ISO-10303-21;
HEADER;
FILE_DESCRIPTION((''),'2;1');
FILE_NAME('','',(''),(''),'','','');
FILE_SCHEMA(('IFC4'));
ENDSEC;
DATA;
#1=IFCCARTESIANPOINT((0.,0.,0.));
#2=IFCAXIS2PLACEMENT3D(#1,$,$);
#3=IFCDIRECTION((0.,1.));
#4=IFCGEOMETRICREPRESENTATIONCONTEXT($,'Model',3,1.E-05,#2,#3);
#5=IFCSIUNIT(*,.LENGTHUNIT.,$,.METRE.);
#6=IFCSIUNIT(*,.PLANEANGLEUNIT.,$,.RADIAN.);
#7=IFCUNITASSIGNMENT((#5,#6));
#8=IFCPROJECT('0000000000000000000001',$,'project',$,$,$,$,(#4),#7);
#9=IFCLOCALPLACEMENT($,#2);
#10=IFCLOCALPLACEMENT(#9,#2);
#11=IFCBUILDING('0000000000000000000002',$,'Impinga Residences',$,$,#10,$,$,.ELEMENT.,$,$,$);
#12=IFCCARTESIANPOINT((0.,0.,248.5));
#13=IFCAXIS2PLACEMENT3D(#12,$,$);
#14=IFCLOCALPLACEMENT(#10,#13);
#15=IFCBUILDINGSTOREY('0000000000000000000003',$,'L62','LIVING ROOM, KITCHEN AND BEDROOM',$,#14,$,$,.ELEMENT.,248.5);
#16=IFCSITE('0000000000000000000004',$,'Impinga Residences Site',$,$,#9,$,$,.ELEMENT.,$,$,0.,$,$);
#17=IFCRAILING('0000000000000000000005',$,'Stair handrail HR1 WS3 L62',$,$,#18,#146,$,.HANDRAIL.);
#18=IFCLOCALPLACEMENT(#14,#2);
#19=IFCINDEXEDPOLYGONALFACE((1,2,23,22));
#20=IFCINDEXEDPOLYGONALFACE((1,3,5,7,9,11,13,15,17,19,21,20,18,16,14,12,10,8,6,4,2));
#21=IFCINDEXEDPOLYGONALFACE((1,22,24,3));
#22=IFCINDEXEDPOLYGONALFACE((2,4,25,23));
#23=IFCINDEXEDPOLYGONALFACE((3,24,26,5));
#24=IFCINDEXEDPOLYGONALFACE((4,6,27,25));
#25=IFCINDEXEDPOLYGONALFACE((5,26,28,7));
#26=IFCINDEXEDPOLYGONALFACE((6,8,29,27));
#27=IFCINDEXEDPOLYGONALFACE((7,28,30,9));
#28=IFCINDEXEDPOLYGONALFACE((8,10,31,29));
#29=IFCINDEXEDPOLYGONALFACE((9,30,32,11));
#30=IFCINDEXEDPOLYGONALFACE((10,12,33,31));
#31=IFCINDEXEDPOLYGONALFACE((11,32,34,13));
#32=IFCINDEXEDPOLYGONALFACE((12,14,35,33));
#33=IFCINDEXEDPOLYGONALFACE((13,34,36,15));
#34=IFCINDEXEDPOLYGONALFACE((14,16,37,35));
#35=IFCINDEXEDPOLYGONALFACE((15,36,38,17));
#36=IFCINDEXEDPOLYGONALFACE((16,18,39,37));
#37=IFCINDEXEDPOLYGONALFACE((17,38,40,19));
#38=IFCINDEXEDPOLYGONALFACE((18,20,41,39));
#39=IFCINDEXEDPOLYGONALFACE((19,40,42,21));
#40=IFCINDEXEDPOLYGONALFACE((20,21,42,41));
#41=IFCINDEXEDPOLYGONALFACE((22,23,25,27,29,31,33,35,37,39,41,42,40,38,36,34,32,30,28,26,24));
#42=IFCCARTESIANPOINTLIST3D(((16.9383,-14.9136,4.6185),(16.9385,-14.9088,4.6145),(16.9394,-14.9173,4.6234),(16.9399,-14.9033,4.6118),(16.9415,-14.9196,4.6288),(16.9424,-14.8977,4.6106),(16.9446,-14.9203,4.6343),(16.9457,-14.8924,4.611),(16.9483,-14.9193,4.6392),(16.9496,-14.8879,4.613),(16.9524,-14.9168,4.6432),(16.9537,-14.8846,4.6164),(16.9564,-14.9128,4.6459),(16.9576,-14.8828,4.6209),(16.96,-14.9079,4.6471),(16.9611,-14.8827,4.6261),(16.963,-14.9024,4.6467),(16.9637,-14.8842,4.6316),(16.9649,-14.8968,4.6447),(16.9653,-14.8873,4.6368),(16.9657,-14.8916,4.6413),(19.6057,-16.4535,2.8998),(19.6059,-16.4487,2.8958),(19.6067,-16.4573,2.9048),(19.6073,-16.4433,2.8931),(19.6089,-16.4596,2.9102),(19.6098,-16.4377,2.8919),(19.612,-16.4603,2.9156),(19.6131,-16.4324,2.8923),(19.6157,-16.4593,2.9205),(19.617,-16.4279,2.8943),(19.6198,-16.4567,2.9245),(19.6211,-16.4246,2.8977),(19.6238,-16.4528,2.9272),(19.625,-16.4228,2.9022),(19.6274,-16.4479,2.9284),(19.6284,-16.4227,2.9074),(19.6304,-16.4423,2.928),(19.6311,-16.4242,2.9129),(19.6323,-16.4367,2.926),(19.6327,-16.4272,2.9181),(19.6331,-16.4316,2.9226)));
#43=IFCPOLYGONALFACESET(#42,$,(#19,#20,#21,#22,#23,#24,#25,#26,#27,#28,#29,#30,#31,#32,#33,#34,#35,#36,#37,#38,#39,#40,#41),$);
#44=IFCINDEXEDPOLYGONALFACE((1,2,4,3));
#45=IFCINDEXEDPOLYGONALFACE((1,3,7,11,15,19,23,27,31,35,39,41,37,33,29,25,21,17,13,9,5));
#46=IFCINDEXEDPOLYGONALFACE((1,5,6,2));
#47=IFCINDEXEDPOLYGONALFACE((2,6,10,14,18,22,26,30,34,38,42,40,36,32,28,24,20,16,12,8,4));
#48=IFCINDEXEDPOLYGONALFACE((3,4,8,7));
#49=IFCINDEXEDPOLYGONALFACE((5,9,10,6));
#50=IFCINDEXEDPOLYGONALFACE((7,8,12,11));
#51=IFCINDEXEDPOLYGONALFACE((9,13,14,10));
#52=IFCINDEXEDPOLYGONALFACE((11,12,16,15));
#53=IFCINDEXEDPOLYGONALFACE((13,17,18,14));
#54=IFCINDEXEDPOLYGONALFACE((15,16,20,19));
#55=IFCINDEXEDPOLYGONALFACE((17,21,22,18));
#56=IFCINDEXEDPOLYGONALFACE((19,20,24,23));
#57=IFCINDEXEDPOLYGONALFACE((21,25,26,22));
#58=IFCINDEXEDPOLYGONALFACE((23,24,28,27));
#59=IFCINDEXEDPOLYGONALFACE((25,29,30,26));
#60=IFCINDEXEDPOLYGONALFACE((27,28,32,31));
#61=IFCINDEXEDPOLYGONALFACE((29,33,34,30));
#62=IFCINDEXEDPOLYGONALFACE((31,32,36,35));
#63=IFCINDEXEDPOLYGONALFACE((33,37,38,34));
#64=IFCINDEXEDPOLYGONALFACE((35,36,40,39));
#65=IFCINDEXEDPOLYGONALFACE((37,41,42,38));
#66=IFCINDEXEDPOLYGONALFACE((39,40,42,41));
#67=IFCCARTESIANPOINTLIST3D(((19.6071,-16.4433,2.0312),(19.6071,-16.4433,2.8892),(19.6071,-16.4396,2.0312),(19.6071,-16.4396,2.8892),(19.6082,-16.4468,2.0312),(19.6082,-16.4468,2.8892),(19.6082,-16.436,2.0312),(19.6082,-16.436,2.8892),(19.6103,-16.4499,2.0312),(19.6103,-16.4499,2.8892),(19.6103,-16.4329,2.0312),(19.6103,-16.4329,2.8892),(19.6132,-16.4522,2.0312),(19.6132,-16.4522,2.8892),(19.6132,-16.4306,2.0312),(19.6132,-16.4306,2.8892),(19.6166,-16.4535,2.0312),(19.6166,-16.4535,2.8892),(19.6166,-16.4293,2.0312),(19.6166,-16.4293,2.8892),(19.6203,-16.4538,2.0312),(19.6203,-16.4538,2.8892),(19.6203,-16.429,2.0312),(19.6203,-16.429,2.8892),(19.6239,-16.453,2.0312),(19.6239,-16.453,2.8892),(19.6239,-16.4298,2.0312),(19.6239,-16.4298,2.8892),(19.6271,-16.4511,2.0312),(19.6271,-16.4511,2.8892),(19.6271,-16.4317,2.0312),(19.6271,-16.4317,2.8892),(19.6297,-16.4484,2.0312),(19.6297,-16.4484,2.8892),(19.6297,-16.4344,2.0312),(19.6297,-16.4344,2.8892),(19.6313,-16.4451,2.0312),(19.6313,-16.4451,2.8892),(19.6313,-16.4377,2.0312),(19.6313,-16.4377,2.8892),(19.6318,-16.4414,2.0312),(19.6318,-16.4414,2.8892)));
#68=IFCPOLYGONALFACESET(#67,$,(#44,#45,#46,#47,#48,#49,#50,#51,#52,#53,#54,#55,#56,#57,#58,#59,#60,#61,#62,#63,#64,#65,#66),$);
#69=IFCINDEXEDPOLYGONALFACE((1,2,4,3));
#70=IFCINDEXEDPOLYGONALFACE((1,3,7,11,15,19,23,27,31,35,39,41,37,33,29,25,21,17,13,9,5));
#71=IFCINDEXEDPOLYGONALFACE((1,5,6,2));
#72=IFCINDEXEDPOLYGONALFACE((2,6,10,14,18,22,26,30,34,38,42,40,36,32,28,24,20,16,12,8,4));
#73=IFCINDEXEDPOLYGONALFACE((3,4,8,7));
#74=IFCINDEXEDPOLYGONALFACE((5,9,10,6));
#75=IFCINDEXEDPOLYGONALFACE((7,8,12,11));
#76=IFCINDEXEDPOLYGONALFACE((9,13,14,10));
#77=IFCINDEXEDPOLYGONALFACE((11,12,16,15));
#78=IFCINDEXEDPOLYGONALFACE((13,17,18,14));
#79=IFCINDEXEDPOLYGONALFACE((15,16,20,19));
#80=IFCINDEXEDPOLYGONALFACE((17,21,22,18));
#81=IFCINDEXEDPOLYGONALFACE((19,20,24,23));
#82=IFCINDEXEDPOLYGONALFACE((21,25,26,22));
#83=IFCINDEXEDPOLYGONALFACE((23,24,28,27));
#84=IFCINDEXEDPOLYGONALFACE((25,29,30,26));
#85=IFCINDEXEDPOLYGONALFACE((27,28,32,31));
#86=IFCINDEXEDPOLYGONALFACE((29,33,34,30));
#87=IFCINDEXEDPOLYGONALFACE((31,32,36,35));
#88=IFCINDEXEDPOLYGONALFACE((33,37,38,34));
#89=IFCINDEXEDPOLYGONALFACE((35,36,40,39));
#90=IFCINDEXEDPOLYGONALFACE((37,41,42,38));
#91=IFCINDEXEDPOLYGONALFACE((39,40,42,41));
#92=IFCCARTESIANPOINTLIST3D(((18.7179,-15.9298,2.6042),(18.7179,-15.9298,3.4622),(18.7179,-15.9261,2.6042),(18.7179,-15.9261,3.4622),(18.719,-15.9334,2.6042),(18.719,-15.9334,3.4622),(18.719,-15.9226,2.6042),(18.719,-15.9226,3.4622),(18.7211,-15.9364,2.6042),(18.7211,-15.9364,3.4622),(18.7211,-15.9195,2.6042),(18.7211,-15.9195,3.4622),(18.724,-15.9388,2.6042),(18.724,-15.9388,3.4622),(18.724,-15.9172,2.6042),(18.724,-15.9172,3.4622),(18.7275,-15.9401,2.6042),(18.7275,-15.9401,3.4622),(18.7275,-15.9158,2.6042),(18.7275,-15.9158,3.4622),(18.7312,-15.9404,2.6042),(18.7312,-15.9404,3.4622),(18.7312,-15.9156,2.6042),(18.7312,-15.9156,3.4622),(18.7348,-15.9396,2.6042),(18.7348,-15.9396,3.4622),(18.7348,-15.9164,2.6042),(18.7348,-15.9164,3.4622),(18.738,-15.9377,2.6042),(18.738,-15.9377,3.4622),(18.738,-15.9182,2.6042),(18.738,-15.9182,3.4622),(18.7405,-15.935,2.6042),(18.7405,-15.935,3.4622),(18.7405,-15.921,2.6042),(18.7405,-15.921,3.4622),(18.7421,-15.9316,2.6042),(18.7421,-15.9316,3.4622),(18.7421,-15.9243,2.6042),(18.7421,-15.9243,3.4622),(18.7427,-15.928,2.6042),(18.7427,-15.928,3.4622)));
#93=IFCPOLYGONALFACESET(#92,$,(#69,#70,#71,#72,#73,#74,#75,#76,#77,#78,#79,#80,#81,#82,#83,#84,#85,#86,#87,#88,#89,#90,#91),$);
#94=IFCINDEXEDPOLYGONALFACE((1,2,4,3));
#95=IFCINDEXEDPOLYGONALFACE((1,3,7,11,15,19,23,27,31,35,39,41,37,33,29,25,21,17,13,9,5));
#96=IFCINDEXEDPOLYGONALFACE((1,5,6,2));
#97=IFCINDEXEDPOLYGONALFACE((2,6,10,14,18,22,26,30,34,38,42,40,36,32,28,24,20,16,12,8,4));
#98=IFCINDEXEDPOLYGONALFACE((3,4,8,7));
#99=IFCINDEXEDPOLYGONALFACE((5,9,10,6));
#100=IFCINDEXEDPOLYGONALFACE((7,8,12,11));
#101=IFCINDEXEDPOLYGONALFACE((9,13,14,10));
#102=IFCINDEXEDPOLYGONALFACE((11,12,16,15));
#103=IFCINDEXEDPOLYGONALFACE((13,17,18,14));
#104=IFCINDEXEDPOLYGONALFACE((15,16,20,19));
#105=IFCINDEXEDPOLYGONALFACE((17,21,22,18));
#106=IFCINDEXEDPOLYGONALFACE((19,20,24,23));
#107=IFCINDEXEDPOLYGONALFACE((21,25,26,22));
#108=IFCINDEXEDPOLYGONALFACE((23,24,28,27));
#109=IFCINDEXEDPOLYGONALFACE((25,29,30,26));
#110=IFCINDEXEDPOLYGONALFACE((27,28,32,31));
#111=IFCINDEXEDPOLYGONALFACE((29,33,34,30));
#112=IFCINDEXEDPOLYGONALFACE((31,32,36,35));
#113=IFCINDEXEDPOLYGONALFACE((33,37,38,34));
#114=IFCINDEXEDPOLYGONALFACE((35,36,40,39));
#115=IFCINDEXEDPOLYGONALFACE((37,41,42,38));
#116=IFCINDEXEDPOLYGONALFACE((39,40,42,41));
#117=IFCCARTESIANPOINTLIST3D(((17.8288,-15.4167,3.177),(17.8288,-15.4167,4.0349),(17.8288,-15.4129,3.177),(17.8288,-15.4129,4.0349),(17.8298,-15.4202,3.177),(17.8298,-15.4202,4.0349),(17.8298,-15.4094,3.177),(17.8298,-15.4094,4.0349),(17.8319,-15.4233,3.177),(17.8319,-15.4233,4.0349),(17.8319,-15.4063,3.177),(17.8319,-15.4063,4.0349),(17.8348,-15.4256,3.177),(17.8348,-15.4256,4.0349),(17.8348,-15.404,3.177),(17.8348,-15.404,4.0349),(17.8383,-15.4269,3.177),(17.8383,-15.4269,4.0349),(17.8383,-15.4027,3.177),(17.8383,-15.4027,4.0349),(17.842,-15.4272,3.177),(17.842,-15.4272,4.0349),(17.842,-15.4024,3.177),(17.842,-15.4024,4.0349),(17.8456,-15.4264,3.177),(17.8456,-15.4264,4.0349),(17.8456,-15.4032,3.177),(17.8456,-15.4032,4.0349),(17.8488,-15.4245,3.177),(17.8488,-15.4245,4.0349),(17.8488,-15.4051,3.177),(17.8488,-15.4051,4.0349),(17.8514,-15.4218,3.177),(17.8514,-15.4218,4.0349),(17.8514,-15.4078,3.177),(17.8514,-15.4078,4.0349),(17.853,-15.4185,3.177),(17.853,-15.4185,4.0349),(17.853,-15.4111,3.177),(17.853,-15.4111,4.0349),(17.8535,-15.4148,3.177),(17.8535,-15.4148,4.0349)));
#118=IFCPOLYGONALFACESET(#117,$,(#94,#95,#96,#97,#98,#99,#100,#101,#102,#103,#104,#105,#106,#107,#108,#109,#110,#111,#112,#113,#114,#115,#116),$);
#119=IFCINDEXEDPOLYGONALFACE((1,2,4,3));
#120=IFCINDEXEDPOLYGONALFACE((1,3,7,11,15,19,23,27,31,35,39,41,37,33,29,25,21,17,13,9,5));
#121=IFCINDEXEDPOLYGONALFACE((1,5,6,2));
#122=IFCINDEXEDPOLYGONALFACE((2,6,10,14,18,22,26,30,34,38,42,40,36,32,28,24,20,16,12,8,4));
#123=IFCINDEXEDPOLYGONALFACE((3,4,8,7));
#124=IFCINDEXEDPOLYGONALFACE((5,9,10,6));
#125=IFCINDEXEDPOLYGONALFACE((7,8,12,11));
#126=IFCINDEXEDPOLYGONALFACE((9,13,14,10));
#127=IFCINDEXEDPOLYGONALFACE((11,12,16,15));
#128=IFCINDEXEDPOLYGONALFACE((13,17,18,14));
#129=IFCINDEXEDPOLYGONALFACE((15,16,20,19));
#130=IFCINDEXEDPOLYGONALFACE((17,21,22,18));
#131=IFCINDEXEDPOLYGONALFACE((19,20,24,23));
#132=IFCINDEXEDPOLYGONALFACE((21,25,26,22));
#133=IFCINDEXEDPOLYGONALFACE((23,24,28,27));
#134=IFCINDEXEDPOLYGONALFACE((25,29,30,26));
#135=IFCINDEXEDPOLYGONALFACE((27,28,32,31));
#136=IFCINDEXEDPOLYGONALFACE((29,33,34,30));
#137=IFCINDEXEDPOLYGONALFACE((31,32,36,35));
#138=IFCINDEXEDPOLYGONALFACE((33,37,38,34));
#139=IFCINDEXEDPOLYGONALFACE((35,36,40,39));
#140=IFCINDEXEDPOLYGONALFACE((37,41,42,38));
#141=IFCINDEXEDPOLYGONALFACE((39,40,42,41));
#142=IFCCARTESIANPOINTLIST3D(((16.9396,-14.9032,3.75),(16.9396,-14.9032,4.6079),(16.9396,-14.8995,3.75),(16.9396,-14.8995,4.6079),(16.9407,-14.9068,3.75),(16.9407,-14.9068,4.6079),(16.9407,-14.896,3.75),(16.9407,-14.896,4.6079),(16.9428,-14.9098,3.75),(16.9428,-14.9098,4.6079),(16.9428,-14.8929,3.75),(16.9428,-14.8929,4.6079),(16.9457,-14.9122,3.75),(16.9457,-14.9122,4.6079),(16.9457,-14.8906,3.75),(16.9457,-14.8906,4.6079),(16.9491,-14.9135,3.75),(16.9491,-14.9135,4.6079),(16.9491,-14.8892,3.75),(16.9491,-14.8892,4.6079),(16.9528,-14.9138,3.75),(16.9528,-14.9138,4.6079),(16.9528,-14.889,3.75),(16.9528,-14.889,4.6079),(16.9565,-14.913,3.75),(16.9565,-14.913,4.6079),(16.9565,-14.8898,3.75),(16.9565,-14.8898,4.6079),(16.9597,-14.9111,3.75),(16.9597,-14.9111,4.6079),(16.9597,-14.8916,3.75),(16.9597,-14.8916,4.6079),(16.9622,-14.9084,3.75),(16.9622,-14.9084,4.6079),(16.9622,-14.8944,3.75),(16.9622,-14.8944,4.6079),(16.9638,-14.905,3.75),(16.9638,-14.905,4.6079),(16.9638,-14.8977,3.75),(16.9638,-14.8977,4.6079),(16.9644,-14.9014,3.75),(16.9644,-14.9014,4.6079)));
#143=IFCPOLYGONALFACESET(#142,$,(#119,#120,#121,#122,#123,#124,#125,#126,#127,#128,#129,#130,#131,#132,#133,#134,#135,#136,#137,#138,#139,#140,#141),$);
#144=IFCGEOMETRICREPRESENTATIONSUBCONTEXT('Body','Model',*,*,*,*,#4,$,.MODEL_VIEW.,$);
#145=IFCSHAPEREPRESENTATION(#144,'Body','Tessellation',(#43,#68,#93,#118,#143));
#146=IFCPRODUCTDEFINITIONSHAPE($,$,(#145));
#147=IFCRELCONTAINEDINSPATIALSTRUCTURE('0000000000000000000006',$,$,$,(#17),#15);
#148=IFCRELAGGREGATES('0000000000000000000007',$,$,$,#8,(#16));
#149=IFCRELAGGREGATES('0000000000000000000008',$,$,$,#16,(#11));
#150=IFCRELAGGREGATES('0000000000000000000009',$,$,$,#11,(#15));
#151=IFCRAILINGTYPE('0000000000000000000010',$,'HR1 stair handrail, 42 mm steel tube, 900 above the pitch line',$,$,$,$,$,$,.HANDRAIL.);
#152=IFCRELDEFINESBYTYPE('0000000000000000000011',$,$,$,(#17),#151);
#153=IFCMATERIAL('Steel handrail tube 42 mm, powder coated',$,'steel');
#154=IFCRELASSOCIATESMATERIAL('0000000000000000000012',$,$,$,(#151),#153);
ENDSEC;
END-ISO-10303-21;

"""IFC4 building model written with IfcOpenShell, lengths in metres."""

from ifc_helpers import new_model, si_unit, direction, frame, origin, origin_2d, place, context, subcontext, project, spatial, circle, extrude, material, type_object, element, save


model = new_model("IFC4")

# Units and contexts
model_context = context("Model", 3, precision=1e-05, world=origin(), true_north=direction((0.0, 1.0)))
body_context = subcontext(model_context, "Body", "Model", "MODEL_VIEW")
ifc_project = project(units=[si_unit("LENGTHUNIT", "METRE"), si_unit("PLANEANGLEUNIT", "RADIAN")], contexts=[model_context])

# Site, building, storey
site_placement = place(None, origin())
site = spatial("IfcSite", under=ifc_project, at=site_placement, Name="Impinga Residences Site", CompositionType="ELEMENT", RefElevation=0.0)
building_placement = place(site_placement, origin())
building = spatial("IfcBuilding", under=site, at=building_placement, Name="Impinga Residences", CompositionType="ELEMENT")
storey_placement = place(building_placement, frame((0.0, 0.0, 248.5)))
storey = spatial("IfcBuildingStorey", under=building, at=storey_placement, Name="L62", Description="LIVING ROOM, KITCHEN AND BEDROOM", CompositionType="ELEMENT", Elevation=248.5)

# Railing
ifc_material_1 = material(Name="Steel handrail tube 42 mm, powder coated", Category="steel")
railing_type_1 = type_object("IfcRailingType", Name="HR1 stair handrail, 42 mm steel tube, 900 above the pitch line", PredefinedType="HANDRAIL", material=ifc_material_1)
railing_1_placement = place(storey_placement, frame((19.6194, -16.4414, 2.0312)))
element("IfcRailing", 1, at=railing_1_placement, inside=storey, type_object=railing_type_1, Name="Stair handrail HR1 WS3 L62", PredefinedType="HANDRAIL", context=body_context, shape_type="SweptSolid", body=[
    extrude(circle(Radius=0.021, at=origin_2d()), frame((0.0, 0.0, 0.8789), z_axis=(-0.756256, 0.436616, 0.487282), x_axis=(-0.499992, -0.86603, 0.0)), (0.0, 0.0, 1.0), 3.5271),
    extrude(circle(Radius=0.0125, at=origin_2d()), origin(), (0.0, 0.0, 1.0), 0.8579),
    extrude(circle(Radius=0.0125, at=origin_2d()), frame((-0.8892, 0.5134, 0.573)), (0.0, 0.0, 1.0), 0.8579),
    extrude(circle(Radius=0.0125, at=origin_2d()), frame((-1.7783, 1.0266, 1.1458)), (0.0, 0.0, 1.0), 0.8579),
    extrude(circle(Radius=0.0125, at=origin_2d()), frame((-2.6675, 1.54, 1.7188)), (0.0, 0.0, 1.0), 0.8579),
])

save(model, "model.ifc")
